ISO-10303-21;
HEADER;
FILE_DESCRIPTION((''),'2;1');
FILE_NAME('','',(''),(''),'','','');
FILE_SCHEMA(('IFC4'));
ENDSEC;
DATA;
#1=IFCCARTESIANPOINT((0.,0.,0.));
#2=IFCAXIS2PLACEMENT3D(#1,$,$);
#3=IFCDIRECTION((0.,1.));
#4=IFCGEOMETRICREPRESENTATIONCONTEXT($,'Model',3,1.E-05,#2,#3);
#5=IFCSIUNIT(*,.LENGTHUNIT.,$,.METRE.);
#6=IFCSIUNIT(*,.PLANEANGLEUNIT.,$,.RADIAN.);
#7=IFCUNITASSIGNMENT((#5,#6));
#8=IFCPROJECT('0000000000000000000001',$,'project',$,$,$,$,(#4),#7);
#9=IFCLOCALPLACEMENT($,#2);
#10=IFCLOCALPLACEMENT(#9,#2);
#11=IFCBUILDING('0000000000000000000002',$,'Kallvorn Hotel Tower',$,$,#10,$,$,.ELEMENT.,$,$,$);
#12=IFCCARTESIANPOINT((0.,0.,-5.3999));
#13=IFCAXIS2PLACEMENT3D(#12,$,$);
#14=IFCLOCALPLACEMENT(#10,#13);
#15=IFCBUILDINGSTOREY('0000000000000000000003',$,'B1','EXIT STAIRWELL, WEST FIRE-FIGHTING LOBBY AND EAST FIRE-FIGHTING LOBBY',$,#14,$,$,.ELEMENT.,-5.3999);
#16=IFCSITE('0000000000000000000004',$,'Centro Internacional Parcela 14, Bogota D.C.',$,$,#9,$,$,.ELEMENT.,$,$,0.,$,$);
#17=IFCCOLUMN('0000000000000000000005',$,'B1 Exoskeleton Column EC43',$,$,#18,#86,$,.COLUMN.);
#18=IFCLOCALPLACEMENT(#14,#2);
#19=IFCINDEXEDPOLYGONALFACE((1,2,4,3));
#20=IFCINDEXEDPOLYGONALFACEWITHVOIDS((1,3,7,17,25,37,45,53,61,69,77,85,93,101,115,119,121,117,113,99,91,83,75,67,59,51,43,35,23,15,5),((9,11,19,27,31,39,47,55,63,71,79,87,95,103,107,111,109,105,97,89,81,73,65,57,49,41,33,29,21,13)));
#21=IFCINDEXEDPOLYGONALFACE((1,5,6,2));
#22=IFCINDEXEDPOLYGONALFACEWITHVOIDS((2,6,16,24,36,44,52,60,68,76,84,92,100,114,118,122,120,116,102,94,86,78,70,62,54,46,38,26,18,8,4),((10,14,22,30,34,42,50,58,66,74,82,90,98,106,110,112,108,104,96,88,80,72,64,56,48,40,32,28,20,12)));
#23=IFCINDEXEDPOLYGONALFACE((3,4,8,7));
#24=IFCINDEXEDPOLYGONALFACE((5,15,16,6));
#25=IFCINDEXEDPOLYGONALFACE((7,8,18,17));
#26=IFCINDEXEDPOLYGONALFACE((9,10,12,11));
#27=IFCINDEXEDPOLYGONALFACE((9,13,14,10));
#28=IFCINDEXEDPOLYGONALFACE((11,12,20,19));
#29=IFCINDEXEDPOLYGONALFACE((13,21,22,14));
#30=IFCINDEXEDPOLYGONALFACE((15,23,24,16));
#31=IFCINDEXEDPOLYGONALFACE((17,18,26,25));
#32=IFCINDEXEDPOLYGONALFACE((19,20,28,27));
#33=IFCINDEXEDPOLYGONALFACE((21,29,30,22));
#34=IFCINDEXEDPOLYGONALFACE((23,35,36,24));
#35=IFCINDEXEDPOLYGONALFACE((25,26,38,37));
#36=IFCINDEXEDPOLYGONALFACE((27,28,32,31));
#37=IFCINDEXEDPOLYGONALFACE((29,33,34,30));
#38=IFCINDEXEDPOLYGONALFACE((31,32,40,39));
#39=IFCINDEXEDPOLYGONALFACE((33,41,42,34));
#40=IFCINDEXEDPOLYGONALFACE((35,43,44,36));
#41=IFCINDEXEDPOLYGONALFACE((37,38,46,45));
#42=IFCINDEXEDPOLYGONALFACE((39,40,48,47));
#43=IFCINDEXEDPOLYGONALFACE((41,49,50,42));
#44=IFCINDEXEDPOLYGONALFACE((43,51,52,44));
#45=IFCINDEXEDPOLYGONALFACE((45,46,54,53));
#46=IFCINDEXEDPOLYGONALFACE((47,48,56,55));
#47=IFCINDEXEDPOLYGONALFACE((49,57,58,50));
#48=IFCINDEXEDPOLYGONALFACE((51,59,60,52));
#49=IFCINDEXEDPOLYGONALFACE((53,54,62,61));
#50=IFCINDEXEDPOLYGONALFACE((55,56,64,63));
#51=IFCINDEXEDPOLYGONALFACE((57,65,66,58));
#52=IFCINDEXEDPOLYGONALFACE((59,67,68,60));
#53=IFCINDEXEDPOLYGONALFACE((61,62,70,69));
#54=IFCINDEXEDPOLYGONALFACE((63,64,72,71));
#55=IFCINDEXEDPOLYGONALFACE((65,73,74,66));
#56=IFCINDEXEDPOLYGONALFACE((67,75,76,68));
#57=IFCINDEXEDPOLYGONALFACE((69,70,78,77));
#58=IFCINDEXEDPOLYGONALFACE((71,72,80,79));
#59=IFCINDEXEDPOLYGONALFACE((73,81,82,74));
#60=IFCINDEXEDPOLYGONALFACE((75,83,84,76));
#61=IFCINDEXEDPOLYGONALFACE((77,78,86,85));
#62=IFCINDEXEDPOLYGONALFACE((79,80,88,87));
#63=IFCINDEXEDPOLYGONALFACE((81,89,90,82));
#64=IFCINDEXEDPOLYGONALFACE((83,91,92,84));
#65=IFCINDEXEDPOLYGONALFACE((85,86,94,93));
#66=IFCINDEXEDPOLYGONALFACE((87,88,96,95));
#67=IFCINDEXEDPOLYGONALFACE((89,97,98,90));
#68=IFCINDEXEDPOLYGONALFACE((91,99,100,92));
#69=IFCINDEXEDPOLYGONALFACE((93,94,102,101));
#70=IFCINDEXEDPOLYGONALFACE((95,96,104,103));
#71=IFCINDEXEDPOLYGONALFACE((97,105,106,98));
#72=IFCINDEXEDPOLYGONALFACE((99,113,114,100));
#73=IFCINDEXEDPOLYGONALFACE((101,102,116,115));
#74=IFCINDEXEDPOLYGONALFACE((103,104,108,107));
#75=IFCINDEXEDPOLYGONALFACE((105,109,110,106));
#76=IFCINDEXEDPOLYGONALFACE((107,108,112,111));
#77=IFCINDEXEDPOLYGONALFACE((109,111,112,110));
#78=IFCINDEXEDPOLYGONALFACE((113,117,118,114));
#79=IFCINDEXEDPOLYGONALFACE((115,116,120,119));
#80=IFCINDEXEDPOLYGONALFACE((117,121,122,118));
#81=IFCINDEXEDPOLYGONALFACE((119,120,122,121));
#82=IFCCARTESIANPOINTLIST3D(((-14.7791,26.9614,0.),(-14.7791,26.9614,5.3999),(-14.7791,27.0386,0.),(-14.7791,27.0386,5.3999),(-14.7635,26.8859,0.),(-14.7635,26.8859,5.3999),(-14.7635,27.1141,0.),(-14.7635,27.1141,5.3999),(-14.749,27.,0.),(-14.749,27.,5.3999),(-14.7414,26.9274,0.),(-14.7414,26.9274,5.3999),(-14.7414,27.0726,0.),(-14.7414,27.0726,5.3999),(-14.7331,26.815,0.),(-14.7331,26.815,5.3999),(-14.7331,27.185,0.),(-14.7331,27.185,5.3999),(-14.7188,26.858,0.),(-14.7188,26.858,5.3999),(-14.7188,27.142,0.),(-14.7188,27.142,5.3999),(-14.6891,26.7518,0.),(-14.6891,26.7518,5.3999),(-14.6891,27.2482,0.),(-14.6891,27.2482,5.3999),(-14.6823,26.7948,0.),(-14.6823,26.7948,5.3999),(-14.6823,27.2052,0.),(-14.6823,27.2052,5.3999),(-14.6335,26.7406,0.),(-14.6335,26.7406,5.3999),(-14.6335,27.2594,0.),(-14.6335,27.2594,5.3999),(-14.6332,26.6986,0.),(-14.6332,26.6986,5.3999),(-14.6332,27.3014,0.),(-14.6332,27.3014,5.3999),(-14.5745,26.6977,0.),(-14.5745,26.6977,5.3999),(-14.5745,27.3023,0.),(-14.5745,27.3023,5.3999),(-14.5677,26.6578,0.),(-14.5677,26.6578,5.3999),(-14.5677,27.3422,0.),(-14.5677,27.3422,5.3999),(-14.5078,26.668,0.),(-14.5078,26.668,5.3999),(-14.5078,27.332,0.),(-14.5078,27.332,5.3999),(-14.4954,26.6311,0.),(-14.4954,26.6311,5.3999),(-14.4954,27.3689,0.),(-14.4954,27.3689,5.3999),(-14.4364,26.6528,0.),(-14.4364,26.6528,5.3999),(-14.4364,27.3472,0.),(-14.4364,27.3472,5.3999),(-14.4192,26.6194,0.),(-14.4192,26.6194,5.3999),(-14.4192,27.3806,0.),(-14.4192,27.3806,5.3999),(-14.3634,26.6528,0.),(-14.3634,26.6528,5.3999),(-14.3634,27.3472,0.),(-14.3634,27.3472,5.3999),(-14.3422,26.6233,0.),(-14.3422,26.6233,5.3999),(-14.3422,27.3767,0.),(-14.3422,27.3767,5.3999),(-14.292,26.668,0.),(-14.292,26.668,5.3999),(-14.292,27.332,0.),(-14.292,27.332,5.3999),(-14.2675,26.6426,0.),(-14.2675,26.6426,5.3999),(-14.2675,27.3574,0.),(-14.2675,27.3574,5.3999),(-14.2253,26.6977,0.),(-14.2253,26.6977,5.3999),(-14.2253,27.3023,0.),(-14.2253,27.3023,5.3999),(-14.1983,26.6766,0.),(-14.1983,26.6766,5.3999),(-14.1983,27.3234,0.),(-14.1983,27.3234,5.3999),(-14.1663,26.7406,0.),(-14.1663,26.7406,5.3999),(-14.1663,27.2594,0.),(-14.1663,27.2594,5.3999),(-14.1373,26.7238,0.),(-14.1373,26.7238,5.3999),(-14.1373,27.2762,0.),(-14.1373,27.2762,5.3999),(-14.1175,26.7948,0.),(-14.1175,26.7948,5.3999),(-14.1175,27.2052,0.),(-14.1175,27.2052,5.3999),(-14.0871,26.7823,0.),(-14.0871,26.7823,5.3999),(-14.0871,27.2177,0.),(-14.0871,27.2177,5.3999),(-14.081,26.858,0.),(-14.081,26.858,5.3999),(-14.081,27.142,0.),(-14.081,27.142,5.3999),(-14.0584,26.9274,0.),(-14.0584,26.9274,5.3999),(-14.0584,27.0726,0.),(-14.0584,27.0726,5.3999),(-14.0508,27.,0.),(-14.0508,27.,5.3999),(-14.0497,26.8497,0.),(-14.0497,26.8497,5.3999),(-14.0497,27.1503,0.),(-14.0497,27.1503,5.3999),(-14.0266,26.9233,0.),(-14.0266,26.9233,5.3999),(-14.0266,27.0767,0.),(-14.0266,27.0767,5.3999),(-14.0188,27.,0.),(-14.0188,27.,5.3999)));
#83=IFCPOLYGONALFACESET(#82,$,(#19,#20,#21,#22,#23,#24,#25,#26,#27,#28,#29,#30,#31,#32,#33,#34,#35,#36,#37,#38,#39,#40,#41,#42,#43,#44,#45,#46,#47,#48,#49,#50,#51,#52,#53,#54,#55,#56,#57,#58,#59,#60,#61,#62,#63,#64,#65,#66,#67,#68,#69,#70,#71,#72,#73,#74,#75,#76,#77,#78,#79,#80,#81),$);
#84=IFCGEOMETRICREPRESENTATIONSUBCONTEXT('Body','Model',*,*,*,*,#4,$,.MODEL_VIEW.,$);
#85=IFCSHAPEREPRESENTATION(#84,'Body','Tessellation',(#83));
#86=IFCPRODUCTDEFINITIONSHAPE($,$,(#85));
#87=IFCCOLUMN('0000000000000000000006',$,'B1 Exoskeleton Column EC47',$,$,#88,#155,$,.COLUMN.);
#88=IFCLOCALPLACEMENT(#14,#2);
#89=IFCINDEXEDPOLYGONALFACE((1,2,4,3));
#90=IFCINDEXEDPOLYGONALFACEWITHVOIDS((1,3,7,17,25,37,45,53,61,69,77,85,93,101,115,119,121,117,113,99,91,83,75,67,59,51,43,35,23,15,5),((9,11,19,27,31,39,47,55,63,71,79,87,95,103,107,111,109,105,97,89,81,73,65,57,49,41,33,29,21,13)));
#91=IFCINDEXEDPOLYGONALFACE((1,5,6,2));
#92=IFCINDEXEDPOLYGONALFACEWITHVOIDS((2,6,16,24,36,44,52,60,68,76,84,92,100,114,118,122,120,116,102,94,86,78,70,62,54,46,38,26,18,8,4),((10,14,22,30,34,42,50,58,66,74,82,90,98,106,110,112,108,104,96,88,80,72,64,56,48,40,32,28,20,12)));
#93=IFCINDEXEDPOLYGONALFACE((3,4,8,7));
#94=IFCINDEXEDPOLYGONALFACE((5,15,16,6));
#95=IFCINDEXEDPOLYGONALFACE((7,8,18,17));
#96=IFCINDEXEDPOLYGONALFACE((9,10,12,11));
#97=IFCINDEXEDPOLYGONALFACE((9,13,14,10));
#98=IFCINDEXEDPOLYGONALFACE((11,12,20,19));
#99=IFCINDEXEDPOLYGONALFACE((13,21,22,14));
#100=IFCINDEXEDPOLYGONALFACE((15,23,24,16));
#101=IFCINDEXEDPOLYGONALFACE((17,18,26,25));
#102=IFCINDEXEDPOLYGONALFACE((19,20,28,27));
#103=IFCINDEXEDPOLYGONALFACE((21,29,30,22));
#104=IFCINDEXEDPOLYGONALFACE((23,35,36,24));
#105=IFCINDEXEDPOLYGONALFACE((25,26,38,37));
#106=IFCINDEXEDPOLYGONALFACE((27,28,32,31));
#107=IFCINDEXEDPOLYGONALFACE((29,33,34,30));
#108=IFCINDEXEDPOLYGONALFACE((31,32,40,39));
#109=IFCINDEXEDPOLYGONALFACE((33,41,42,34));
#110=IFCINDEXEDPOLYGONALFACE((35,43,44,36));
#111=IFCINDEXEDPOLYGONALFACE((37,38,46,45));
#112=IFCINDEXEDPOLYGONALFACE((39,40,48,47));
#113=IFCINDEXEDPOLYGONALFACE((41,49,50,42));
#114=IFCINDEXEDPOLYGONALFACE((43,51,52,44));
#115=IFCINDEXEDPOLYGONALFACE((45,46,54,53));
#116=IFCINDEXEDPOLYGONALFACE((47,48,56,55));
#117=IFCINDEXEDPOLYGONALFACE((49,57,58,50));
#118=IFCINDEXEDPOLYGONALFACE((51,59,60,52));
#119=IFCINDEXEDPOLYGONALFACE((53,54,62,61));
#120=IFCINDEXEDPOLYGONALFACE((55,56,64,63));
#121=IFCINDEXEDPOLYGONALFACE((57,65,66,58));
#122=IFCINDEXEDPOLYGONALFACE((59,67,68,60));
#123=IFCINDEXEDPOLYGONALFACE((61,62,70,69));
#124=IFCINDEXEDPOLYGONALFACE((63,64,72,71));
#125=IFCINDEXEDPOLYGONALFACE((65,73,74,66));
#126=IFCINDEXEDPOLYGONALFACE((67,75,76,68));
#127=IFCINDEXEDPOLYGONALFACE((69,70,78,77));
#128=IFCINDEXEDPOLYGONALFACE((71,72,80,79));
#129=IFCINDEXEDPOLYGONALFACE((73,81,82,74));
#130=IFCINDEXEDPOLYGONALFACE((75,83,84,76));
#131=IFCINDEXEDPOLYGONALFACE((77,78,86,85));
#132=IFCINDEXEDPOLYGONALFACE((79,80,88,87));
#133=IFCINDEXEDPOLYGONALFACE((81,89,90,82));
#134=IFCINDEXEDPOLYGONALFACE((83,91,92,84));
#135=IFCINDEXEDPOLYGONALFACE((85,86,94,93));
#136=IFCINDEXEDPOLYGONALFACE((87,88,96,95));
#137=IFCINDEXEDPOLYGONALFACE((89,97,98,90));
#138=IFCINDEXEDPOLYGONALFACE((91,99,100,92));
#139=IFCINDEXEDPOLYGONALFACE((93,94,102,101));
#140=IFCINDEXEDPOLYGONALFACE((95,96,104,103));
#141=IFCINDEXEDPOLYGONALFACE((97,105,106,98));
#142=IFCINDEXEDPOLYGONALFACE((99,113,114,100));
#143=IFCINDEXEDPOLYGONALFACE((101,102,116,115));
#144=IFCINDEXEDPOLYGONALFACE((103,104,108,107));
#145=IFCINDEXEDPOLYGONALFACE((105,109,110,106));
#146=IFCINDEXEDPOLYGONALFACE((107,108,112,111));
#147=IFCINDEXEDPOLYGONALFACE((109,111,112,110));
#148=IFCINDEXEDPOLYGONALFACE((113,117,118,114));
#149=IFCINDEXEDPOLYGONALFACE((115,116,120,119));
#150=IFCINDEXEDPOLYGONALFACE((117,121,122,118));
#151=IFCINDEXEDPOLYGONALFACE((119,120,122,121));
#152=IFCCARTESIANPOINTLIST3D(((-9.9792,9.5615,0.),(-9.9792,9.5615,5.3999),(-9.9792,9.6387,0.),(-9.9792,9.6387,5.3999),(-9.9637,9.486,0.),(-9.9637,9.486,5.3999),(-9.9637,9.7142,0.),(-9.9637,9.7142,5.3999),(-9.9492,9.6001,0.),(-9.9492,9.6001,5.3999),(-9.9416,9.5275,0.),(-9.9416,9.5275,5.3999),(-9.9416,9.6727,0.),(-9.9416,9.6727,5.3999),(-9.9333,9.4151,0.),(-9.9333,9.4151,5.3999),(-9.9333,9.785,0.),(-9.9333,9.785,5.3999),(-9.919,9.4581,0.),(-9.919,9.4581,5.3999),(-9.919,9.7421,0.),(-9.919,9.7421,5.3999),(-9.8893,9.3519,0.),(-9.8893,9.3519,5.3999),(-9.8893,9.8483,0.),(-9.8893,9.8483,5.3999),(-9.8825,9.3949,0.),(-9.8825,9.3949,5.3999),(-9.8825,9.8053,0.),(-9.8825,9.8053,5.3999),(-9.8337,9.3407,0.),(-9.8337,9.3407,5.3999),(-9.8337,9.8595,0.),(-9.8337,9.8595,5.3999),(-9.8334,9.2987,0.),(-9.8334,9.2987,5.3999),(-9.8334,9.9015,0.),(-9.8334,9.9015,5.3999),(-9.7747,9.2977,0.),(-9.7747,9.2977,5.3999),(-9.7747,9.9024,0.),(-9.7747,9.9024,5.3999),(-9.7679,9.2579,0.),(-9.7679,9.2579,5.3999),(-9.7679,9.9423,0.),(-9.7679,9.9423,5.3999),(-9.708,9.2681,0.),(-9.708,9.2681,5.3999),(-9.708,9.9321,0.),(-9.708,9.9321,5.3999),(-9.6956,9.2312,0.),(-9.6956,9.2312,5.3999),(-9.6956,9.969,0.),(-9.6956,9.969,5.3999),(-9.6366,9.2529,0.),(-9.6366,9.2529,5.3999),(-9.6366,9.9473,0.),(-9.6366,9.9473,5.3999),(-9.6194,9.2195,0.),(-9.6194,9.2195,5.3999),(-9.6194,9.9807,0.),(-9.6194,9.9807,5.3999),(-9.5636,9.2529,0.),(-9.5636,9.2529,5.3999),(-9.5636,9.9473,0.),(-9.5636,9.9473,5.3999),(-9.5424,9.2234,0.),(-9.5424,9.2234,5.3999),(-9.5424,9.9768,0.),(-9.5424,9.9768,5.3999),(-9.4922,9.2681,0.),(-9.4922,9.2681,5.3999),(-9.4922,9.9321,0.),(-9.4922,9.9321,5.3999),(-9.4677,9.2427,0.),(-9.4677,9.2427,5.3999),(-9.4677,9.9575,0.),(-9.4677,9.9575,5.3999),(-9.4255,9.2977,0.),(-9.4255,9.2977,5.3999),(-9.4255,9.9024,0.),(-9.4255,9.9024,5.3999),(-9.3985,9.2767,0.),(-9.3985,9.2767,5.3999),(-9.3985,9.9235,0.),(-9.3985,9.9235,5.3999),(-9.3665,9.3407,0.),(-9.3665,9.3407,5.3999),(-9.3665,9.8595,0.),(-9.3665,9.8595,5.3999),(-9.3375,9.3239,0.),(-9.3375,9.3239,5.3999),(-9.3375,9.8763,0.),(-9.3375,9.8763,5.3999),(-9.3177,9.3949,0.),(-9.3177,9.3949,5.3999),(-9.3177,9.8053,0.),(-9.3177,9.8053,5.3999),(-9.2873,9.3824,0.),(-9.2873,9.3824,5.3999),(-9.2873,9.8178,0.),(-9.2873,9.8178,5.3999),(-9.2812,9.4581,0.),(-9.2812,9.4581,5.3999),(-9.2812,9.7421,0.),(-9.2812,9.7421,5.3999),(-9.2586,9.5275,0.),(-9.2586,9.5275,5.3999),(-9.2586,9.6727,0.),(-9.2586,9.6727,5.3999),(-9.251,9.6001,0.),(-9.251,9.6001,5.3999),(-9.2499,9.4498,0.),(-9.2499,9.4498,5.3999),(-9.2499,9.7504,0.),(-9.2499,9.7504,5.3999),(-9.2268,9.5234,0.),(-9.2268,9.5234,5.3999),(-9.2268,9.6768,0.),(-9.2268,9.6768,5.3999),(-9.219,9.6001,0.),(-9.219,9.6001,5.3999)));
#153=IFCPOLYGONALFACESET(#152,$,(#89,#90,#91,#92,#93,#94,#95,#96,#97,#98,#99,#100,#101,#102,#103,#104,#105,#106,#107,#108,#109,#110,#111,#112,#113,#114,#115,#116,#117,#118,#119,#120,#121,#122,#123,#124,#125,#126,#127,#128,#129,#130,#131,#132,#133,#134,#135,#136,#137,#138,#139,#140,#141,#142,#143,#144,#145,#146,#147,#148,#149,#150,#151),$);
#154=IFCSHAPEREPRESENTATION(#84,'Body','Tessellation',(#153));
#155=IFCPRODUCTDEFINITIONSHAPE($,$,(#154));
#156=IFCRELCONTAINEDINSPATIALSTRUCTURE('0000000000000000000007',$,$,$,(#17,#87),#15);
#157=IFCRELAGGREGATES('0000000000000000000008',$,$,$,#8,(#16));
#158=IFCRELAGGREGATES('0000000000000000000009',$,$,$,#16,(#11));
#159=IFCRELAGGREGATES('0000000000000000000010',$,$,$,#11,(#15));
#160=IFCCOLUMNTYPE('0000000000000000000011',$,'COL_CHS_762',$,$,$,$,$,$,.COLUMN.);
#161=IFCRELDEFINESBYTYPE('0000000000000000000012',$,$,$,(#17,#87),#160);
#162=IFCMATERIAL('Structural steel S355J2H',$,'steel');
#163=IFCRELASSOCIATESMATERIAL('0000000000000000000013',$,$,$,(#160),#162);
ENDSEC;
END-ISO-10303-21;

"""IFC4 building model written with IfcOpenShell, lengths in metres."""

from ifc_helpers import new_model, si_unit, direction, frame, origin, origin_2d, place, context, subcontext, project, spatial, hollow_circle, extrude, material, material_profile, profile_set, type_object, element, save


model = new_model("IFC4")

# Units and contexts
model_context = context("Model", 3, precision=1e-05, world=origin(), true_north=direction((0.0, 1.0)))
body_context = subcontext(model_context, "Body", "Model", "MODEL_VIEW")
ifc_project = project(units=[si_unit("LENGTHUNIT", "METRE"), si_unit("PLANEANGLEUNIT", "RADIAN")], contexts=[model_context])

# Site, building, storey
site_placement = place(None, origin())
site = spatial("IfcSite", under=ifc_project, at=site_placement, Name="Centro Internacional Parcela 14, Bogota D.C.", CompositionType="ELEMENT", RefElevation=0.0)
building_placement = place(site_placement, origin())
building = spatial("IfcBuilding", under=site, at=building_placement, Name="Kallvorn Hotel Tower", CompositionType="ELEMENT")
storey_placement = place(building_placement, frame((0.0, 0.0, -5.3999)))
storey = spatial("IfcBuildingStorey", under=building, at=storey_placement, Name="B1", Description="EXIT STAIRWELL, WEST FIRE-FIGHTING LOBBY AND EAST FIRE-FIGHTING LOBBY", CompositionType="ELEMENT", Elevation=-5.3999)

# Columns
ifc_material_1 = material(Name="Structural steel S355J2H", Category="steel")
ifc_material_profile_1 = material_profile(ifc_material_1, hollow_circle(Radius=0.3811, WallThickness=0.032, at=origin_2d()), Name="CHS 762x32")
ifc_profile_set_1 = profile_set([ifc_material_profile_1], Name="Structural steel S355J2H")
column_type_1 = type_object("IfcColumnType", Name="COL_CHS_762", PredefinedType="COLUMN", material=ifc_profile_set_1)
for number, where, z_axis, x_axis, name in (
    (1, (-14.3999, 27.0, 0.0), (0.0, 0.0, 1.0), (1.0, 0.0, 0.0), "B1 Exoskeleton Column EC43"),
    (2, (-9.6001, 9.6001, 0.0), (0.0, 0.0, 1.0), (1.0, 0.0, 0.0), "B1 Exoskeleton Column EC47"),
):
    element("IfcColumn", number, at=place(storey_placement, frame(where, z_axis=z_axis, x_axis=x_axis)), inside=storey, type_object=column_type_1, Name=name, PredefinedType="COLUMN", context=body_context, shape_type="SweptSolid", body=[
        extrude(hollow_circle(Radius=0.3811, WallThickness=0.032, at=origin_2d()), origin(), (0.0, 0.0, 1.0), 5.3999),
    ])

save(model, "model.ifc")
